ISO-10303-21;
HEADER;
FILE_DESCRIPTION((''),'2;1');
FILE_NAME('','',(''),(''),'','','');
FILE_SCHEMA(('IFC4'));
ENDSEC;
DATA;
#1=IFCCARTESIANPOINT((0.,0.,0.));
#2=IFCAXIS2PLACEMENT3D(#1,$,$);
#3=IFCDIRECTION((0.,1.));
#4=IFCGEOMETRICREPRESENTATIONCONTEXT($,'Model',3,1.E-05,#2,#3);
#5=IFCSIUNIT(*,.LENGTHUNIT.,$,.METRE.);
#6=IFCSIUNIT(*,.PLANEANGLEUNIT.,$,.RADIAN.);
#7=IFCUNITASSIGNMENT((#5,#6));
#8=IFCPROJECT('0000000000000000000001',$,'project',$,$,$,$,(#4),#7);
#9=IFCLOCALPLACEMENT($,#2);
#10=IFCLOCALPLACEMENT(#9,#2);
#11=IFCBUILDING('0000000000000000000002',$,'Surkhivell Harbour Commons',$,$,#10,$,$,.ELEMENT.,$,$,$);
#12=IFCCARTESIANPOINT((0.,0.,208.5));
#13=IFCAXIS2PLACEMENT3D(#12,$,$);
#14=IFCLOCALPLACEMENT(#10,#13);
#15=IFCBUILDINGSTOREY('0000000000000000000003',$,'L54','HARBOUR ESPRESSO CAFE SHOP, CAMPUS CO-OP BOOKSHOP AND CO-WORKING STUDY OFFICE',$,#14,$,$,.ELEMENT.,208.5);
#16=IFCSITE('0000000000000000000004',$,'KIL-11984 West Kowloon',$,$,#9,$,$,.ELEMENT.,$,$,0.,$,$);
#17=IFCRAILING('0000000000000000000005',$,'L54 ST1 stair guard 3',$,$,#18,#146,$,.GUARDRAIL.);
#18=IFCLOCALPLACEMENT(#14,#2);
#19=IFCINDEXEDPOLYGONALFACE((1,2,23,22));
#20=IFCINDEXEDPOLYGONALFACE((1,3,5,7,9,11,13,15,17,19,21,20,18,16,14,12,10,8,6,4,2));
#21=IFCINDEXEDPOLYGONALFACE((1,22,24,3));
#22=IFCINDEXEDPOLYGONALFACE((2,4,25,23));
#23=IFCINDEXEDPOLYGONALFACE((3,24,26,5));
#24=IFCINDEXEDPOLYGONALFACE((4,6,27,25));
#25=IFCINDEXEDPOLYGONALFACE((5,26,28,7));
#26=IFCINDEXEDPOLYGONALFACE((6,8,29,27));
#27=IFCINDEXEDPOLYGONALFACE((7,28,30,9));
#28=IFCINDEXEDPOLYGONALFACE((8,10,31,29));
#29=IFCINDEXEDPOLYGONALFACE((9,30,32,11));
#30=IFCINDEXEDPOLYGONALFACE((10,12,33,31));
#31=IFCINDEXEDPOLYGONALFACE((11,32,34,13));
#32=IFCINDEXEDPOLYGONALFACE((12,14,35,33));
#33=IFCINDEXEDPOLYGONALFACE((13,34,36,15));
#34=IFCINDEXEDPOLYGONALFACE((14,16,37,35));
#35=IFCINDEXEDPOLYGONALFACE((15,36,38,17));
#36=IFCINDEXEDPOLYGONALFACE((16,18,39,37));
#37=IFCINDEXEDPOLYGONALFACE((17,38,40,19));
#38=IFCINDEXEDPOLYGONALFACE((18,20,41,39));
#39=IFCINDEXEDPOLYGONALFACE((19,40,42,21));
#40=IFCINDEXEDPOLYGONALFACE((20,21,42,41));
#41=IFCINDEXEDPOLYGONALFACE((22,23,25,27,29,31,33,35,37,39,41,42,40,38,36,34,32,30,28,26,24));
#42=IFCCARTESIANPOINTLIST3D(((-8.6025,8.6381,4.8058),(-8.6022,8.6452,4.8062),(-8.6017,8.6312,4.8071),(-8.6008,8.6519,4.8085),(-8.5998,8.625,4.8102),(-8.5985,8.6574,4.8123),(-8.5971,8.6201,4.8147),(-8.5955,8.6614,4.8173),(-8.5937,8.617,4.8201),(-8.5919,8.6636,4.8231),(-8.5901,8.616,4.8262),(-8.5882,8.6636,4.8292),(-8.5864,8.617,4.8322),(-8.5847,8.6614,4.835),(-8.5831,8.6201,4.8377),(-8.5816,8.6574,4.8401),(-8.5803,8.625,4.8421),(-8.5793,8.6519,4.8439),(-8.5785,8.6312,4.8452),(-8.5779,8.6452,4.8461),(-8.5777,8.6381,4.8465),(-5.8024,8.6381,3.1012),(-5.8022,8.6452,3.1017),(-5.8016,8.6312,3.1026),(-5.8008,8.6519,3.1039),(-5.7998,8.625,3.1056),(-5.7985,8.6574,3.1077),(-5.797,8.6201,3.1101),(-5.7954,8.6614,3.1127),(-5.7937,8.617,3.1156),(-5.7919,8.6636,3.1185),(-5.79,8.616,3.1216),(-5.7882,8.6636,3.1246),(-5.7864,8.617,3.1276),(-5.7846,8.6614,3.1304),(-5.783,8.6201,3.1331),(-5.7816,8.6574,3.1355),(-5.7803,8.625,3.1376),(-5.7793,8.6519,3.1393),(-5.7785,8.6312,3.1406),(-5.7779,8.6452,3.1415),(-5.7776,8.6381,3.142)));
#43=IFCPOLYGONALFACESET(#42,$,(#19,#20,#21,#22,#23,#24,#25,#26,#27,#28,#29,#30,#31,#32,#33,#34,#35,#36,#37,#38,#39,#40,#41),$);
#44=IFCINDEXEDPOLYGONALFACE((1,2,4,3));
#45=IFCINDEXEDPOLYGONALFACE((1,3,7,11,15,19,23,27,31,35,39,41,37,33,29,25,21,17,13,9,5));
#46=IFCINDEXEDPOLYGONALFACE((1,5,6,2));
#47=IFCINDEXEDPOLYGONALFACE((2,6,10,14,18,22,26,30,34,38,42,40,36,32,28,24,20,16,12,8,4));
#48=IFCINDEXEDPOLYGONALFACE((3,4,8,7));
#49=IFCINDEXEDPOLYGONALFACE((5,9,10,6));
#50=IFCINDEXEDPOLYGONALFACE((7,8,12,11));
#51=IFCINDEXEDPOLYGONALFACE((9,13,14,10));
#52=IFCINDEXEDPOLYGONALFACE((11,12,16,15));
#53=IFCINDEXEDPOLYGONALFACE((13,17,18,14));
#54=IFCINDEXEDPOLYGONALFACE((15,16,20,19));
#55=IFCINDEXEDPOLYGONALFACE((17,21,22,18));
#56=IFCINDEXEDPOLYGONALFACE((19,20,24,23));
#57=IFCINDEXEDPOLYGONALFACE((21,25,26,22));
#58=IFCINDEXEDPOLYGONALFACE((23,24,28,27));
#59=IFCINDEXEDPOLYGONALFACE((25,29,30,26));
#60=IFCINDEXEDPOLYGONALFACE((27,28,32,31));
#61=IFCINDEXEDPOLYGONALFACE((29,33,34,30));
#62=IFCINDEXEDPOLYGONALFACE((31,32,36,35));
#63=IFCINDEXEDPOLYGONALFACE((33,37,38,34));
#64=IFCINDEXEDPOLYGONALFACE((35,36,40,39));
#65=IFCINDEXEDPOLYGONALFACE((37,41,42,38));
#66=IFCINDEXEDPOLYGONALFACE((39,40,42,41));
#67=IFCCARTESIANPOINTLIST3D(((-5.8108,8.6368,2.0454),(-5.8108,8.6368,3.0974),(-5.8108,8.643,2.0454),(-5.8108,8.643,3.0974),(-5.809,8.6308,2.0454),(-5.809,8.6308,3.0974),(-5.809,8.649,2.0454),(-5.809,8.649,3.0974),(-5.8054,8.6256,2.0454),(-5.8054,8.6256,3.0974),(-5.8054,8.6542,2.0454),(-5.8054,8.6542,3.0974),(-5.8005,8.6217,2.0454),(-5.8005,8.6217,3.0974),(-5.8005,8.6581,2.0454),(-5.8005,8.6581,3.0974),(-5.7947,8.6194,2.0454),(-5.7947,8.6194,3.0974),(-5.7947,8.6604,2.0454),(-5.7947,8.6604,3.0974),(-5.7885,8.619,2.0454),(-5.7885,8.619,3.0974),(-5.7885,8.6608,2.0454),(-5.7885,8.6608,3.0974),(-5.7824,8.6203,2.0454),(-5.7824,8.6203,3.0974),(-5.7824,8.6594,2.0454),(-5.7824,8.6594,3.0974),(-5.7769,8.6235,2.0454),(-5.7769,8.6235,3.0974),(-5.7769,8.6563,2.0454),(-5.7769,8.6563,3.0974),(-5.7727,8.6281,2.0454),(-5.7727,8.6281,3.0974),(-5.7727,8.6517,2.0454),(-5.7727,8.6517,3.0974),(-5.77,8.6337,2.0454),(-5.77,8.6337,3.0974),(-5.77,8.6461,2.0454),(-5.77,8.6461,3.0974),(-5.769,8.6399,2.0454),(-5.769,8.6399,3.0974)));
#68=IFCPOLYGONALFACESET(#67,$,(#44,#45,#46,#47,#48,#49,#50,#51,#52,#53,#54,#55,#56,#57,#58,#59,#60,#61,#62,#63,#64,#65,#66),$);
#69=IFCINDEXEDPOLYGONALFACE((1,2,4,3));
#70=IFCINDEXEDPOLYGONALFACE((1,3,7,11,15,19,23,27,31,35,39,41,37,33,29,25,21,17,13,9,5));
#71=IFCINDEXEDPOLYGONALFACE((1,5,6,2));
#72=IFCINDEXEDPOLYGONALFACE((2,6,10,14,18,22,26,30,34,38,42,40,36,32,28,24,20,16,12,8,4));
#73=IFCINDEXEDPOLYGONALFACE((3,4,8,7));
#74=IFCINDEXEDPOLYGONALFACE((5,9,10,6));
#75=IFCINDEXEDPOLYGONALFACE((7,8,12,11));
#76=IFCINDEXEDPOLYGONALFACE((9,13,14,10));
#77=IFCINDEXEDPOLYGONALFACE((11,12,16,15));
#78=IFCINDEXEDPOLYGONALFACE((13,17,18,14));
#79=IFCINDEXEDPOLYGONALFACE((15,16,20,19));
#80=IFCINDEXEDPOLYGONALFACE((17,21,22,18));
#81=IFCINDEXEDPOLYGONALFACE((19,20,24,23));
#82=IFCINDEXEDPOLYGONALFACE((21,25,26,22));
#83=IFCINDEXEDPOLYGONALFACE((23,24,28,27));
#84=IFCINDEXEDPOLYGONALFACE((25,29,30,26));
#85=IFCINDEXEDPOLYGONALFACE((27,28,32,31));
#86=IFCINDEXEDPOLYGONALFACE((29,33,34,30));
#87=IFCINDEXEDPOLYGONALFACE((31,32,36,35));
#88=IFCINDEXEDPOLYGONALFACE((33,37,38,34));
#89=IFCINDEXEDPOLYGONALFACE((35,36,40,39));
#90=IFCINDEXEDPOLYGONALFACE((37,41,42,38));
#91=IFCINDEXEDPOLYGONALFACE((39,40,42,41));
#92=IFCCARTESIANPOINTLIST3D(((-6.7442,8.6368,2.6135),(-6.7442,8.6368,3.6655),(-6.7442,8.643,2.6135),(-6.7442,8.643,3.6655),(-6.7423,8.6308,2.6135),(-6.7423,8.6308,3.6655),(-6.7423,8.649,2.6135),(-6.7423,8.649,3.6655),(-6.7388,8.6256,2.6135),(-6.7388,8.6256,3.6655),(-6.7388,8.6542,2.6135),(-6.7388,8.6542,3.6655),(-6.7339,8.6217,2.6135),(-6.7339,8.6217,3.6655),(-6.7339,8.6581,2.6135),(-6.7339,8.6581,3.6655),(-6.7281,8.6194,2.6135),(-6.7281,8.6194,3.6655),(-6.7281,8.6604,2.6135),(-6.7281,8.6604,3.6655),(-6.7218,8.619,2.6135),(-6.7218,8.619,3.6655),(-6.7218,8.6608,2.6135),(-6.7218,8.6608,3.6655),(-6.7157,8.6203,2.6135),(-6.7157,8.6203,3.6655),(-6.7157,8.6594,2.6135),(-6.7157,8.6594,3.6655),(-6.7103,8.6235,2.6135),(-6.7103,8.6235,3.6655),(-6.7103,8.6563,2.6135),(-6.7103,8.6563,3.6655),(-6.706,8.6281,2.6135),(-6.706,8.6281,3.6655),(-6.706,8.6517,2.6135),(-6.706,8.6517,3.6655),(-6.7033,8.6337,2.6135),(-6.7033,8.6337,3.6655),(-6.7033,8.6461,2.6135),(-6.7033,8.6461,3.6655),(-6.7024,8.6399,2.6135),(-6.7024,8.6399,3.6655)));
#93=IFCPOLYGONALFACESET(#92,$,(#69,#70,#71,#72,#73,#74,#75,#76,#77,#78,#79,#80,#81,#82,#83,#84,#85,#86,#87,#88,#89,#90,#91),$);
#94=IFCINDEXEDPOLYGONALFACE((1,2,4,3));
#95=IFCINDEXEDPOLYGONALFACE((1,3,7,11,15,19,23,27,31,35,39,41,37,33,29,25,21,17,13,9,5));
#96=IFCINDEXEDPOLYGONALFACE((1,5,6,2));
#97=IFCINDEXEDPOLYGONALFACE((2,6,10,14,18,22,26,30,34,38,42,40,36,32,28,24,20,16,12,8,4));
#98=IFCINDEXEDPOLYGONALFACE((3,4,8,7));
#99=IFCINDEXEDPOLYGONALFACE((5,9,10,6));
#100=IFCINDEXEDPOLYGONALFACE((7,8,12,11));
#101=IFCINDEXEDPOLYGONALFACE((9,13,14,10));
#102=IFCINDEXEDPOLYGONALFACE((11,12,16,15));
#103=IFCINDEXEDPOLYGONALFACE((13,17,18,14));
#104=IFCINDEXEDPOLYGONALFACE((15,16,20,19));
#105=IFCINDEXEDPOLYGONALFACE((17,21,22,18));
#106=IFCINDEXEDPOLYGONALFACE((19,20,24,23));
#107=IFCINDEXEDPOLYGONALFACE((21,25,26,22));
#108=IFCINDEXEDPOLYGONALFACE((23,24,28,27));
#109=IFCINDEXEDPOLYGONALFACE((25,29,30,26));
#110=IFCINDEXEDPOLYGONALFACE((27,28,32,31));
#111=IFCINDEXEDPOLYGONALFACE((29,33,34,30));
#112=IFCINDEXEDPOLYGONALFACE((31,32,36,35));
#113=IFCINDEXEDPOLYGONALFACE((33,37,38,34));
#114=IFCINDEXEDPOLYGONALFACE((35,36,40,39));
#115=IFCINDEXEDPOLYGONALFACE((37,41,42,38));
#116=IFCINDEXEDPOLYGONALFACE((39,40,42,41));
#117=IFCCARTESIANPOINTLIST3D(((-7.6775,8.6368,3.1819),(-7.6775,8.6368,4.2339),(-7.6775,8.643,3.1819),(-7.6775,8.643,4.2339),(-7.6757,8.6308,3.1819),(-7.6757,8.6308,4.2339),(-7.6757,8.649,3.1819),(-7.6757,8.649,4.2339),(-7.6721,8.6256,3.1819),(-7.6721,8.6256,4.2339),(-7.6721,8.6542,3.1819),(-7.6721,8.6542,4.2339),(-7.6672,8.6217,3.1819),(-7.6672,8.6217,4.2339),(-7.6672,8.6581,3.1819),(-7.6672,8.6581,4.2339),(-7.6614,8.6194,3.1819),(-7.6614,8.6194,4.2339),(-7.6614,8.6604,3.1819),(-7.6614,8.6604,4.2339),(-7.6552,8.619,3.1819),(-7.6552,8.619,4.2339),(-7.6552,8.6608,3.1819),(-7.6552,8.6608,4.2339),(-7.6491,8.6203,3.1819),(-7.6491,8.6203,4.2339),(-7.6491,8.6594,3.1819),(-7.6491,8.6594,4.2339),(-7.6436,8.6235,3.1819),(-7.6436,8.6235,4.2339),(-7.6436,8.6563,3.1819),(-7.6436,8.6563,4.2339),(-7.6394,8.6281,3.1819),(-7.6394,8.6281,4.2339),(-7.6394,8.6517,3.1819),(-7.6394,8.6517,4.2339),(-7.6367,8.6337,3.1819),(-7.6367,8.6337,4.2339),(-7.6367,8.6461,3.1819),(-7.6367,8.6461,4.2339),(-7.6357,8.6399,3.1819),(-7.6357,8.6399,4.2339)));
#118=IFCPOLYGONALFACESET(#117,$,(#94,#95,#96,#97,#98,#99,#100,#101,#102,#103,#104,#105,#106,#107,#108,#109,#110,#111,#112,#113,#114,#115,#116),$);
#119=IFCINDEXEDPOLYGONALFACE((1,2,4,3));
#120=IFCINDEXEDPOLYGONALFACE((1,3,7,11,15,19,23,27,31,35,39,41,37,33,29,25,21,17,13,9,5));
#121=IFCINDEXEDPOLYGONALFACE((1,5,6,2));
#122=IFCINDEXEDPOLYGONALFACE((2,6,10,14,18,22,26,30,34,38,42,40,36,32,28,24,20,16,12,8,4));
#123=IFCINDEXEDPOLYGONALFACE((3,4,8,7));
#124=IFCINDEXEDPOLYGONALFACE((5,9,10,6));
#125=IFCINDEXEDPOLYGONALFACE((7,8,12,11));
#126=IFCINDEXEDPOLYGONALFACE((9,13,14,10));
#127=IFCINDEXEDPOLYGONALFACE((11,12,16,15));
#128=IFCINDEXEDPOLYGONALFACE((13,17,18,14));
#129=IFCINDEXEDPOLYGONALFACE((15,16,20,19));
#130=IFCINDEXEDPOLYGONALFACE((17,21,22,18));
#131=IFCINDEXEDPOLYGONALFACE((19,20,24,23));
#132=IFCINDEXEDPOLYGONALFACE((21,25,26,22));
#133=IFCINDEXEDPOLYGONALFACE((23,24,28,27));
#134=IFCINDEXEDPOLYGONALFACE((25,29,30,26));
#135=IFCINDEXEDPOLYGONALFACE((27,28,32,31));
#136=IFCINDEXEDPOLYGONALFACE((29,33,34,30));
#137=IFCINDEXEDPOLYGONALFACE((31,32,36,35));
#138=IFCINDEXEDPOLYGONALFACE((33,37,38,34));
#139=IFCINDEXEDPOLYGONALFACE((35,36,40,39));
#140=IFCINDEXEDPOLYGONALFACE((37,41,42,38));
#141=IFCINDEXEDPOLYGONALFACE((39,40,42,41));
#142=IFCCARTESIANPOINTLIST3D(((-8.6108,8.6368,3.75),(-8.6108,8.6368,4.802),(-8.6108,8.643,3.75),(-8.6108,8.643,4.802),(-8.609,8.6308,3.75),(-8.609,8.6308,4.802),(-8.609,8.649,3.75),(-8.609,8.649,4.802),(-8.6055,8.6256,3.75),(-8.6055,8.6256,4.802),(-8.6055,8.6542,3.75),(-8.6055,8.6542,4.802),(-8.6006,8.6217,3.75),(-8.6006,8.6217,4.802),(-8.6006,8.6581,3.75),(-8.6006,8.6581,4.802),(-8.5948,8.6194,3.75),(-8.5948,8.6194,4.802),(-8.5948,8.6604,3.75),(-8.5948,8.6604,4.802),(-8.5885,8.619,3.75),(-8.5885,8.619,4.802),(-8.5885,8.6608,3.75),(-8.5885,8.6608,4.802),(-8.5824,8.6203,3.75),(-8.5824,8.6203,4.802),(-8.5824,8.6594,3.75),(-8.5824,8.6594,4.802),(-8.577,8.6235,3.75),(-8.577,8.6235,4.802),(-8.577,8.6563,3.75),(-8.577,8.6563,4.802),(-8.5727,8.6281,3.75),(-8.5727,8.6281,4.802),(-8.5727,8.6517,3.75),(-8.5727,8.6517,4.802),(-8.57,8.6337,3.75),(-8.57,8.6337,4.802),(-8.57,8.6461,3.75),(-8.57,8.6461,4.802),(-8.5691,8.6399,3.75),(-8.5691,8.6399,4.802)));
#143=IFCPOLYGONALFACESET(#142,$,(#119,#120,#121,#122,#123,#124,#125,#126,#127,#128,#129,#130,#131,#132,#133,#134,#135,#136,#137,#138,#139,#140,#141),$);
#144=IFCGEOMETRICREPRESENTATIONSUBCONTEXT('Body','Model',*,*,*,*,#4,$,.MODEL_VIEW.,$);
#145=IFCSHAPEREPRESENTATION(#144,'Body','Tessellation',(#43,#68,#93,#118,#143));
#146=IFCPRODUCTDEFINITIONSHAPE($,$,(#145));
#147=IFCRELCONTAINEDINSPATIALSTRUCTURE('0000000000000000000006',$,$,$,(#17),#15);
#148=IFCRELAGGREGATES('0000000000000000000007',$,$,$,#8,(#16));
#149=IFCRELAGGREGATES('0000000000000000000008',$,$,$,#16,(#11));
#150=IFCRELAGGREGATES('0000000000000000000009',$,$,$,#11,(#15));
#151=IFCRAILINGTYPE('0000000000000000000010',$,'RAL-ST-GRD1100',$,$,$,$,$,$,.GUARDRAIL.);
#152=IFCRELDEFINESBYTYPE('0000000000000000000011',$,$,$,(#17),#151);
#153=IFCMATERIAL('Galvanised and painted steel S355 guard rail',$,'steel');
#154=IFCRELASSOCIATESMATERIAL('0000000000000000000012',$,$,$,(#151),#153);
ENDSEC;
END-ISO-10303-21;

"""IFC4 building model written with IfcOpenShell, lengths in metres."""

from ifc_helpers import new_model, si_unit, direction, frame, origin, origin_2d, place, context, subcontext, project, spatial, circle, extrude, material, type_object, element, save


model = new_model("IFC4")

# Units and contexts
model_context = context("Model", 3, precision=1e-05, world=origin(), true_north=direction((0.0, 1.0)))
body_context = subcontext(model_context, "Body", "Model", "MODEL_VIEW")
ifc_project = project(units=[si_unit("LENGTHUNIT", "METRE"), si_unit("PLANEANGLEUNIT", "RADIAN")], contexts=[model_context])

# Site, building, storey
site_placement = place(None, origin())
site = spatial("IfcSite", under=ifc_project, at=site_placement, Name="KIL-11984 West Kowloon", CompositionType="ELEMENT", RefElevation=0.0)
building_placement = place(site_placement, origin())
building = spatial("IfcBuilding", under=site, at=building_placement, Name="Surkhivell Harbour Commons", CompositionType="ELEMENT")
storey_placement = place(building_placement, frame((0.0, 0.0, 208.5)))
storey = spatial("IfcBuildingStorey", under=building, at=storey_placement, Name="L54", Description="HARBOUR ESPRESSO CAFE SHOP, CAMPUS CO-OP BOOKSHOP AND CO-WORKING STUDY OFFICE", CompositionType="ELEMENT", Elevation=208.5)

# Railing
ifc_material_1 = material(Name="Galvanised and painted steel S355 guard rail", Category="steel")
railing_type_1 = type_object("IfcRailingType", Name="RAL-ST-GRD1100", PredefinedType="GUARDRAIL", material=ifc_material_1)
railing_1_placement = place(storey_placement, frame((-5.79, 8.6399, 2.0454)))
element("IfcRailing", 1, at=railing_1_placement, inside=storey, type_object=railing_type_1, Name="L54 ST1 stair guard 3", PredefinedType="GUARDRAIL", context=body_context, shape_type="SweptSolid", body=[
    extrude(circle(Radius=0.0239, at=origin_2d()), frame((0.0, 0.0, 1.0762), z_axis=(-0.85417, 0.0, 0.519994), x_axis=(0.0, -1.0, 0.0)), (0.0, 0.0, 1.0), 3.2781),
    extrude(circle(Radius=0.021, at=origin_2d()), origin(), (0.0, 0.0, 1.0), 1.052),
    extrude(circle(Radius=0.021, at=origin_2d()), frame((-0.9333, 0.0, 0.5681)), (0.0, 0.0, 1.0), 1.052),
    extrude(circle(Radius=0.021, at=origin_2d()), frame((-1.8667, 0.0, 1.1365)), (0.0, 0.0, 1.0), 1.052),
    extrude(circle(Radius=0.021, at=origin_2d()), frame((-2.8, 0.0, 1.7046)), (0.0, 0.0, 1.0), 1.052),
])

save(model, "model.ifc")
